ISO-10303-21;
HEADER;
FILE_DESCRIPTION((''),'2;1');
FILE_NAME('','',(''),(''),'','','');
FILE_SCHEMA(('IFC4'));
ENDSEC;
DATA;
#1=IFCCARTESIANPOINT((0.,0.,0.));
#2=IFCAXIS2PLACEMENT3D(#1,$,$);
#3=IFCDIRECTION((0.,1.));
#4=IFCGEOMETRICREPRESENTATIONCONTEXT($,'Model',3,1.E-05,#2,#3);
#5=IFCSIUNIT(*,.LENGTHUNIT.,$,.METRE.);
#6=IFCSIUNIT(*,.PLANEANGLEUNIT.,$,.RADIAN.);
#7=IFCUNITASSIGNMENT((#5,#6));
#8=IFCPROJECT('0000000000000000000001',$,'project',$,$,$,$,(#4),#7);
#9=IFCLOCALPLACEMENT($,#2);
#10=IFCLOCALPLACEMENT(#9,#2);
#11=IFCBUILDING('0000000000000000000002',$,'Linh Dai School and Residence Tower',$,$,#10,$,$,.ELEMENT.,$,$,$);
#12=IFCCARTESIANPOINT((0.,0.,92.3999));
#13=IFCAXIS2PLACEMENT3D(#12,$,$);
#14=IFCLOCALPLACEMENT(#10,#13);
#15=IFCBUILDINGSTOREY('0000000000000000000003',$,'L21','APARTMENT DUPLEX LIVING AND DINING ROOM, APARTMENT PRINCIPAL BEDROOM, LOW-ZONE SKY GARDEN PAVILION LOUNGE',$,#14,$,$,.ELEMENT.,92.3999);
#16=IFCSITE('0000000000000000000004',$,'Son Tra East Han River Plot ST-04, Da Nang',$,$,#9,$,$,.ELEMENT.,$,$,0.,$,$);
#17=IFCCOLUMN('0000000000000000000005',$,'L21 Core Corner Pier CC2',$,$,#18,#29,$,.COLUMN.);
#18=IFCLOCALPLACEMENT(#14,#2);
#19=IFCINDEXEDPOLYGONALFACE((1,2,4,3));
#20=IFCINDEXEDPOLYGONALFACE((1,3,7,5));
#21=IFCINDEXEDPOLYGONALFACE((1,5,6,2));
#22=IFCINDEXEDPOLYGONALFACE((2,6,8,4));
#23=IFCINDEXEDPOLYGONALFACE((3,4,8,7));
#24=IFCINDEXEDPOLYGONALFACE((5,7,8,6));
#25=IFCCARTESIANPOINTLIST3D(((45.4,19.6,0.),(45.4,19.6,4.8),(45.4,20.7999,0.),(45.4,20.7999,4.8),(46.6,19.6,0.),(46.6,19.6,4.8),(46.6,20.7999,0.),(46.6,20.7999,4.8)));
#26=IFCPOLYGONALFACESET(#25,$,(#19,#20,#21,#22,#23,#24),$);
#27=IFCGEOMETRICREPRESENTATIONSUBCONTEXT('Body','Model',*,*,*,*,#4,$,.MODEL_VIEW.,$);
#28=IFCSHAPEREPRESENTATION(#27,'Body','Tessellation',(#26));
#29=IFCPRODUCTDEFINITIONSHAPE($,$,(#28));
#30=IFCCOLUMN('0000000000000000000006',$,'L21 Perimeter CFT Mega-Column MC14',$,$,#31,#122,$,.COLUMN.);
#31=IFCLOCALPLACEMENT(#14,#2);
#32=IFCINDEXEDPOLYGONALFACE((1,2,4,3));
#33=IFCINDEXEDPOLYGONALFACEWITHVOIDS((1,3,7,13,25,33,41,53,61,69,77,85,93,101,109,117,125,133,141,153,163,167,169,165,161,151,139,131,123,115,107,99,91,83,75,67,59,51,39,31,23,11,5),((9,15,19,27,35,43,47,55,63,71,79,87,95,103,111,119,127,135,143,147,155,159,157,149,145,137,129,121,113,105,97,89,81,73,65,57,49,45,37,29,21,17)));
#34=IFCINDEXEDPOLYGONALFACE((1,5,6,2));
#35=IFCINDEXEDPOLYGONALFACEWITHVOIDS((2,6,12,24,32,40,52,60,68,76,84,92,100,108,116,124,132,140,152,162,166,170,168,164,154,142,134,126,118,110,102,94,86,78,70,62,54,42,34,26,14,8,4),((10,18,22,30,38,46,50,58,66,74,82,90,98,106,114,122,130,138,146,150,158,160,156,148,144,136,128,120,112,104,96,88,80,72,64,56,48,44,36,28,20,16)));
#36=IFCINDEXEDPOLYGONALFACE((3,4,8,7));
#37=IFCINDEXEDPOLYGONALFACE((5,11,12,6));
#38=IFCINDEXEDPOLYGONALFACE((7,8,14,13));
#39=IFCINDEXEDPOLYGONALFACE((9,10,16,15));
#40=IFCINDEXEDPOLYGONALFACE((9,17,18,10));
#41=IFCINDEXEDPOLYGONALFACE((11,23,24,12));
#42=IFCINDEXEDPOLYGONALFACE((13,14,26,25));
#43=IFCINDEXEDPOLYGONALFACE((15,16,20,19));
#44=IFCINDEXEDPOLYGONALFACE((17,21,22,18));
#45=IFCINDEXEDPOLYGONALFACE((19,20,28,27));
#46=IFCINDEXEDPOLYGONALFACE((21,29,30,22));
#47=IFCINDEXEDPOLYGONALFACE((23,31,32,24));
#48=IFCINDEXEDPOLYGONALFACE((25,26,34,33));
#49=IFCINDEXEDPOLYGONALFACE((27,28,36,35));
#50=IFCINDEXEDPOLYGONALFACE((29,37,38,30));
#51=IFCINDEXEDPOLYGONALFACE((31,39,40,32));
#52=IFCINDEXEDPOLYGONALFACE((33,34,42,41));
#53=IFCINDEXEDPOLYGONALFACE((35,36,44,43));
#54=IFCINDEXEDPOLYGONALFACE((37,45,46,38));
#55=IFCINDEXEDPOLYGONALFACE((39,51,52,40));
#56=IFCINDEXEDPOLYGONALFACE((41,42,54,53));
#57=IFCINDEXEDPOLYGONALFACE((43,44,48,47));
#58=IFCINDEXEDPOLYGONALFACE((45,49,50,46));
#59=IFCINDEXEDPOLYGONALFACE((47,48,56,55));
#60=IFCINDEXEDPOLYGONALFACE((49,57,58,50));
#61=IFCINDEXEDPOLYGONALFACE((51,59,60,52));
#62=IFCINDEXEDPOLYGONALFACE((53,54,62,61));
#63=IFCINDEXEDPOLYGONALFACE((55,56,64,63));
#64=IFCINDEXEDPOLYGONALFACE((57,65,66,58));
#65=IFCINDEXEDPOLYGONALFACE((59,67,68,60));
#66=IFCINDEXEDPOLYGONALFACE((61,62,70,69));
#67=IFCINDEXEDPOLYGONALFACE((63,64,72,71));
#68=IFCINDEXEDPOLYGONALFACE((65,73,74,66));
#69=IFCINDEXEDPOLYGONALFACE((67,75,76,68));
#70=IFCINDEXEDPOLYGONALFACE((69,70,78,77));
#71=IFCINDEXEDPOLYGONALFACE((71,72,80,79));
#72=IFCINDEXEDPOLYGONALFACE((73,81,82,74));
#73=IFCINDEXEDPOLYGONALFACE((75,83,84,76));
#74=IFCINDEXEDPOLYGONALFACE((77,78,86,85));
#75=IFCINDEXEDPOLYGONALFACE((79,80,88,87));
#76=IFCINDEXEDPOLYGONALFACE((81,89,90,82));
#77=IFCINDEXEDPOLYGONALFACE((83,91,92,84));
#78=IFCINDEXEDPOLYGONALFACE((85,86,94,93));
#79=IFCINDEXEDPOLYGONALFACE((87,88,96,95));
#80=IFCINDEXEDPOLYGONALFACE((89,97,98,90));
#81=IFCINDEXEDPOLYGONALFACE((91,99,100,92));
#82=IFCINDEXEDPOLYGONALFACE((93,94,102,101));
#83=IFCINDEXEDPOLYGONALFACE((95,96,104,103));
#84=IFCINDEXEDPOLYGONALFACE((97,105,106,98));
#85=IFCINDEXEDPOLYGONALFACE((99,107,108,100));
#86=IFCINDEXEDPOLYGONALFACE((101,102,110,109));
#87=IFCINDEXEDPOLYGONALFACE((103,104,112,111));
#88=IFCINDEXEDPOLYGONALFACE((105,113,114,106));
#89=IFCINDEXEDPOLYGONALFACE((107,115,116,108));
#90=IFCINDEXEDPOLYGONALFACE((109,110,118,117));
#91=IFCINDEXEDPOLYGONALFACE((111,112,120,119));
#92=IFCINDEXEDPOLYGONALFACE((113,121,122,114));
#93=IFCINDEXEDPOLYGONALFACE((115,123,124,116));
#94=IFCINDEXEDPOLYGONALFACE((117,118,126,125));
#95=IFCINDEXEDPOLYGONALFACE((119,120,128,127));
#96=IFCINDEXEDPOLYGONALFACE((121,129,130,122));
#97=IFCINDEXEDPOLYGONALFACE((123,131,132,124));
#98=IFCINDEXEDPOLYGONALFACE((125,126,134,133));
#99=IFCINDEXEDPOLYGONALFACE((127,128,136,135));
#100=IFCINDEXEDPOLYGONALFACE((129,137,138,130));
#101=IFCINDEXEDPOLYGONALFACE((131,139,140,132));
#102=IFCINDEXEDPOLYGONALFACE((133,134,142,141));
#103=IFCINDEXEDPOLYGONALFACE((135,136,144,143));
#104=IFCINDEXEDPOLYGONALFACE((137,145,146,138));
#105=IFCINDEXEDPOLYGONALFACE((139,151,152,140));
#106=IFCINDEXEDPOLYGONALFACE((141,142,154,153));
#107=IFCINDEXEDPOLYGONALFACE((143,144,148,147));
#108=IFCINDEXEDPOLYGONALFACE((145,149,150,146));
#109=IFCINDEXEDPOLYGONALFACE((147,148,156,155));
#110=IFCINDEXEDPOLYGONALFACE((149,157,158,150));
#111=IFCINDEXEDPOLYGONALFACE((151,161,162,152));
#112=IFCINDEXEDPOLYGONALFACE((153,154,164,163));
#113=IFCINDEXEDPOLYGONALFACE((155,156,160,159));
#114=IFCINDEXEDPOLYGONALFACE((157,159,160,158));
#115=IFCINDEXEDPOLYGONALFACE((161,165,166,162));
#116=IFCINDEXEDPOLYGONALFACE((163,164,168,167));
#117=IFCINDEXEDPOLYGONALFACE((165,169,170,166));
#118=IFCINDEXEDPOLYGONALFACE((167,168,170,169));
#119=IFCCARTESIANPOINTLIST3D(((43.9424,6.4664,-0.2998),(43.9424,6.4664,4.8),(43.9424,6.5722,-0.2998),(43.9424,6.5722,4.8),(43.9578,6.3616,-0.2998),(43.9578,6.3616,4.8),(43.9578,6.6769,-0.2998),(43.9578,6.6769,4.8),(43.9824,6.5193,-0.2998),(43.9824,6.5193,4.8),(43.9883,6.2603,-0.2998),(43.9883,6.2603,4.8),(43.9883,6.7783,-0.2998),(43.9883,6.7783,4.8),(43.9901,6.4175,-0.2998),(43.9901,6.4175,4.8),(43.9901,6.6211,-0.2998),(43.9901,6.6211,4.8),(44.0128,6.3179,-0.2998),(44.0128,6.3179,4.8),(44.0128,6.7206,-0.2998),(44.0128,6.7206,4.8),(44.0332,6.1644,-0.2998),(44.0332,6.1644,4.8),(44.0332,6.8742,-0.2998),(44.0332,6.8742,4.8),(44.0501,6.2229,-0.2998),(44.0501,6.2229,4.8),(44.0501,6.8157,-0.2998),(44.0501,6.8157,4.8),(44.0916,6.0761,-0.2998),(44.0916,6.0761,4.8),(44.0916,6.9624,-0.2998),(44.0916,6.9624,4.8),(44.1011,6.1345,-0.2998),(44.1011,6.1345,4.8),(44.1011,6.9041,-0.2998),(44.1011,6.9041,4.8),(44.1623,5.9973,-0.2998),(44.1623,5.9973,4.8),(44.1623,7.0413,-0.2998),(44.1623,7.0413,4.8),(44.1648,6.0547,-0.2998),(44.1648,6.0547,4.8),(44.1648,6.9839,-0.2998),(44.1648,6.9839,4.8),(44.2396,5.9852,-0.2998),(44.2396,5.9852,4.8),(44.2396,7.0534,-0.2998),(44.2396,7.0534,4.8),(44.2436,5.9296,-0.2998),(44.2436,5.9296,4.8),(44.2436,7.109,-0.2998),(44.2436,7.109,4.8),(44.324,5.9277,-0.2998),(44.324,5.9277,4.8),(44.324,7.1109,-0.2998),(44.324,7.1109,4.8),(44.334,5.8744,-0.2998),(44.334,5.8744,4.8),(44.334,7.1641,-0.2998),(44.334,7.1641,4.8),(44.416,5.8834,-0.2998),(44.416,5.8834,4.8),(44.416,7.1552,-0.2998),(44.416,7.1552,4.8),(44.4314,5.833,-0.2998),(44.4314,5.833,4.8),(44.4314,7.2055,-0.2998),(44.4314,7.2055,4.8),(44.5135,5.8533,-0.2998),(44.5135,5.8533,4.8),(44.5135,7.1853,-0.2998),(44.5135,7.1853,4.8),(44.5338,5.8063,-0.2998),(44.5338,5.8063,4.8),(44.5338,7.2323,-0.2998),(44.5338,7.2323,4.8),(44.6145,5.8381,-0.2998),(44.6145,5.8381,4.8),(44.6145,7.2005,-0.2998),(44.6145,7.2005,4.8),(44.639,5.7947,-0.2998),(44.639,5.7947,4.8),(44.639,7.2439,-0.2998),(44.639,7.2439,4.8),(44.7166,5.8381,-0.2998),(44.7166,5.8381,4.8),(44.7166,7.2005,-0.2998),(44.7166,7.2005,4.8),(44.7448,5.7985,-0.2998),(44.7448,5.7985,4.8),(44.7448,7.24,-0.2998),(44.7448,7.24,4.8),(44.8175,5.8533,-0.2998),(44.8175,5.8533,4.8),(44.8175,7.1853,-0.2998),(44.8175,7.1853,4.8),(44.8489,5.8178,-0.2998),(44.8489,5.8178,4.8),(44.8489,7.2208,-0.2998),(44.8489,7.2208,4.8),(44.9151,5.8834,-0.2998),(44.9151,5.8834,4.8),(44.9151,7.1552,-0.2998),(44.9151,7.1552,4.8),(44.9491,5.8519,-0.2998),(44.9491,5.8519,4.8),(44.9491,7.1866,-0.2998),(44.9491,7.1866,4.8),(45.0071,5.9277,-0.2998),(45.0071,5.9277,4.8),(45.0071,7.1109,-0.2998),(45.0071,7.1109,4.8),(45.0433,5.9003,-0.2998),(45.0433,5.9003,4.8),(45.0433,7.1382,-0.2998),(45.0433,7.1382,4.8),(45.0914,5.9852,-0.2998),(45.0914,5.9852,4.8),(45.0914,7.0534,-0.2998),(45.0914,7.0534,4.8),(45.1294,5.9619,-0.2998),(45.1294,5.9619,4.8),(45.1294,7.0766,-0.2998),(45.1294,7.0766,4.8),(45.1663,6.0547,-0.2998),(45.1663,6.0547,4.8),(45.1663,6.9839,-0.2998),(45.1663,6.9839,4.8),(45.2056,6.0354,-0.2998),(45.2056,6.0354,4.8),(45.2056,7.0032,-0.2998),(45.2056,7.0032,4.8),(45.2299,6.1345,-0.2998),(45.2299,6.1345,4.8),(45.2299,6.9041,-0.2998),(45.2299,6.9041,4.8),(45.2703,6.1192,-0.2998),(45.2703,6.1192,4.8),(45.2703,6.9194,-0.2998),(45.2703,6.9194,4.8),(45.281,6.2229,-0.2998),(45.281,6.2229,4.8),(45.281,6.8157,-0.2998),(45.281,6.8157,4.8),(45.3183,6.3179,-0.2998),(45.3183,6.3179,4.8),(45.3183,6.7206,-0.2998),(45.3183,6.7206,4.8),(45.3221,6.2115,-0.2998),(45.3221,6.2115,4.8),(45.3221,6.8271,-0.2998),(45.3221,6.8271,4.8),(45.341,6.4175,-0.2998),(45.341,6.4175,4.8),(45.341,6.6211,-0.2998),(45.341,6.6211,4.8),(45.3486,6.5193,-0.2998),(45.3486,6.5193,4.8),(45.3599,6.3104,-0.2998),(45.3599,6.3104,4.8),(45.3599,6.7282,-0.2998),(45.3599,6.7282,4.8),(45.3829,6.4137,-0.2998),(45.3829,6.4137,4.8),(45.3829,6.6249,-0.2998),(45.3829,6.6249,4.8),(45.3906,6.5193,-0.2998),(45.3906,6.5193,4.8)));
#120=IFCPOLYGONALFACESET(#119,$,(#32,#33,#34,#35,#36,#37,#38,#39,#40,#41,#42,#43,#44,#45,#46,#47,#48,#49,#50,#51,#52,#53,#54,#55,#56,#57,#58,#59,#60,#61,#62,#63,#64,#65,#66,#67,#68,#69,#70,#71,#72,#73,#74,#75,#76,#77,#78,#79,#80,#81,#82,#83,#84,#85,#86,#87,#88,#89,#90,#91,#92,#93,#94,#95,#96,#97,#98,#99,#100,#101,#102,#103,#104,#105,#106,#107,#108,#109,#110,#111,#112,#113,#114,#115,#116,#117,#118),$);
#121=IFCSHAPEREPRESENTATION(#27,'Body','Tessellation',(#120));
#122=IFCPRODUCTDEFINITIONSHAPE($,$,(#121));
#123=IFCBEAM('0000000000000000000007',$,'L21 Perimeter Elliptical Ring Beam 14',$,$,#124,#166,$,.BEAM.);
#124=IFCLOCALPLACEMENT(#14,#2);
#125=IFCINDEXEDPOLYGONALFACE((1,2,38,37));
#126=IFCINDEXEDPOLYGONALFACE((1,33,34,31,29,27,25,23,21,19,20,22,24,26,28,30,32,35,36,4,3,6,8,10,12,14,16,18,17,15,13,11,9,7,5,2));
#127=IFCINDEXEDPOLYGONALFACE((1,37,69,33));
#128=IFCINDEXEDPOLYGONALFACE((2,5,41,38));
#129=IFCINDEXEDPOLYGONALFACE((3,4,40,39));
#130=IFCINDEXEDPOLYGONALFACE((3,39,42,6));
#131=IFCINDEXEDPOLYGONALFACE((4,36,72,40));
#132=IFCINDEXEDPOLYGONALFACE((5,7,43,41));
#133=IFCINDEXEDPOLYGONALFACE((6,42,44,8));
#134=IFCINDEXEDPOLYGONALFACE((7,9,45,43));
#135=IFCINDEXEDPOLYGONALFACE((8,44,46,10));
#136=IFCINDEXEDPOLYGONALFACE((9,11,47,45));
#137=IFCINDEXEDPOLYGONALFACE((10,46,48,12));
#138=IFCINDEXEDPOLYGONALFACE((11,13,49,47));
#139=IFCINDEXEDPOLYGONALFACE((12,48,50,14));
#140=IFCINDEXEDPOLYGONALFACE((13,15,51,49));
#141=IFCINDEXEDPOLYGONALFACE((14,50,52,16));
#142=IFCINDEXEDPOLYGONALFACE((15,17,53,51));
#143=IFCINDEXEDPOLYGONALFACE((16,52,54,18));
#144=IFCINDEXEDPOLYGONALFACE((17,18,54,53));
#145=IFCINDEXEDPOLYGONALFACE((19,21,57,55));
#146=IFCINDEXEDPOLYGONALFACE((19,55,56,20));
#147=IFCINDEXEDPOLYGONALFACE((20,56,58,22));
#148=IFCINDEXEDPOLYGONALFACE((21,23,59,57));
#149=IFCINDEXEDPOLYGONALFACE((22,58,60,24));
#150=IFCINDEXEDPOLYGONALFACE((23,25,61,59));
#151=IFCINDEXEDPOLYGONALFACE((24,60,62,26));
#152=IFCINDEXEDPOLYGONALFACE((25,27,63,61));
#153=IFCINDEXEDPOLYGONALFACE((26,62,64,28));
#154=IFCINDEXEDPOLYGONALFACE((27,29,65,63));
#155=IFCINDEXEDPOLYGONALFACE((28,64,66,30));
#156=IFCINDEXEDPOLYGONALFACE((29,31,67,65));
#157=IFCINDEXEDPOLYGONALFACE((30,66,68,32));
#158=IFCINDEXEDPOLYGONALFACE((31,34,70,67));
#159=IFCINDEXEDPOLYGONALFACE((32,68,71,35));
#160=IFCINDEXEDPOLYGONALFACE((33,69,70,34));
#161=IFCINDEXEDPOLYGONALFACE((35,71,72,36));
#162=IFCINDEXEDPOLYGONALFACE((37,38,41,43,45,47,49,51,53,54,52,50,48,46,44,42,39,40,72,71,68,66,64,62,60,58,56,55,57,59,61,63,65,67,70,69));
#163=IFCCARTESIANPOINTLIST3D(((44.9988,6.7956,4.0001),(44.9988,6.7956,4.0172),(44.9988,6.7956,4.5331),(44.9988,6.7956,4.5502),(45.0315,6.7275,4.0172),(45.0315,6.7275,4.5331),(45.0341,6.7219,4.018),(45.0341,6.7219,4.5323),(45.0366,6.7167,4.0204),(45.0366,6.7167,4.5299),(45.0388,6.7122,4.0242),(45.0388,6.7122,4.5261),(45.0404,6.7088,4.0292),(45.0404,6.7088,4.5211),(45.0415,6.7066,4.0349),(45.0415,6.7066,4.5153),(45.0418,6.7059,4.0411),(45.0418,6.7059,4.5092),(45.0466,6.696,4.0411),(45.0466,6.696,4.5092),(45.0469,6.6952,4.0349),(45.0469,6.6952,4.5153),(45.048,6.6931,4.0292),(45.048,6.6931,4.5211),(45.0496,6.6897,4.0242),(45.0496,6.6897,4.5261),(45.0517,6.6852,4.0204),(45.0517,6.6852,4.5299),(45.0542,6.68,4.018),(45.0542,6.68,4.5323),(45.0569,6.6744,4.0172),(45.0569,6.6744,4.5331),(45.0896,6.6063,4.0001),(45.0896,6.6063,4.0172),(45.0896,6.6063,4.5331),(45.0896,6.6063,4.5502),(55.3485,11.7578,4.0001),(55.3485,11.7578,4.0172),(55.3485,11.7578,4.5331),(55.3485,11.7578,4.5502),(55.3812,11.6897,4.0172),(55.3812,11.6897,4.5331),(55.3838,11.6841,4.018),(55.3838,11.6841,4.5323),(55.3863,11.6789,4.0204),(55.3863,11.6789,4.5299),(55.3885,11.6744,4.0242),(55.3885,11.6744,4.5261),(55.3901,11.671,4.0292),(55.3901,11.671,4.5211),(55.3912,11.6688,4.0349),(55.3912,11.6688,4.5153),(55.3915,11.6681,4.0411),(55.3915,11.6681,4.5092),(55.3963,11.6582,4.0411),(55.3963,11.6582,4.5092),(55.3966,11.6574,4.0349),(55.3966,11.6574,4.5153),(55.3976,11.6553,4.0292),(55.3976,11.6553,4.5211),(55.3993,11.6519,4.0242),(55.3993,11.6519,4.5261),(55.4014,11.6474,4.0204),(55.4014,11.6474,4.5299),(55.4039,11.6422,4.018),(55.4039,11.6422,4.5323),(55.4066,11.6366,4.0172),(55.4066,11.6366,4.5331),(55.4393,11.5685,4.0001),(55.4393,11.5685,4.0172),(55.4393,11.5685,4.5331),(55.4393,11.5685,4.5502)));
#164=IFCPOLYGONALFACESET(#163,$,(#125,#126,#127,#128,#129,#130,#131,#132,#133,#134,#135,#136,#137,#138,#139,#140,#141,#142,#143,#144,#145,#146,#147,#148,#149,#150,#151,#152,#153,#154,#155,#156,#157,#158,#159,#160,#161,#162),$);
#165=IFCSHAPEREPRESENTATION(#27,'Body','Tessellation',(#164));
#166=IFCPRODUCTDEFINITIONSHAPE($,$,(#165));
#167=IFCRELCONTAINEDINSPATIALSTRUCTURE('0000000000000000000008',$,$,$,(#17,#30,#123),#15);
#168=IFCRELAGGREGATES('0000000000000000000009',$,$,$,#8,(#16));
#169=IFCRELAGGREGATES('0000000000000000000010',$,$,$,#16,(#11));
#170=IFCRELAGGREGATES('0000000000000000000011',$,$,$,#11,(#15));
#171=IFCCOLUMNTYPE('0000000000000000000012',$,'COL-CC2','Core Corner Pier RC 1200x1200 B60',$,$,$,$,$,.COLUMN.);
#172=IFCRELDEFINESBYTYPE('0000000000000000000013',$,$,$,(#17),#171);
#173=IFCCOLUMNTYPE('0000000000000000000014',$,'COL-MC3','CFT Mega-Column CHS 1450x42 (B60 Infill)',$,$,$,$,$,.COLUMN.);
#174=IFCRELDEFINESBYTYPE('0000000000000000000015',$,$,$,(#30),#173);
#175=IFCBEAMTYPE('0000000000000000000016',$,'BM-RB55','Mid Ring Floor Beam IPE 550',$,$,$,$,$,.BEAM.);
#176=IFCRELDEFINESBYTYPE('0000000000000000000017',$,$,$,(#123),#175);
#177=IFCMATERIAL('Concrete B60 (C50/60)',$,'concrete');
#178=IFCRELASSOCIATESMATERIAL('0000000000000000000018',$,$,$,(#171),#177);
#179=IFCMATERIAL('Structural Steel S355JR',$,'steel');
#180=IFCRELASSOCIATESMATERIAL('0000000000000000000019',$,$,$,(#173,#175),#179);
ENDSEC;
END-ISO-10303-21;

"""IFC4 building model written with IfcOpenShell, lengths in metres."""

from ifc_helpers import new_model, si_unit, direction, frame, origin, origin_2d, place, context, subcontext, project, spatial, rectangle, hollow_circle, i_section, extrude, material, material_profile, profile_set, type_object, element, save


model = new_model("IFC4")

# Units and contexts
model_context = context("Model", 3, precision=1e-05, world=origin(), true_north=direction((0.0, 1.0)))
body_context = subcontext(model_context, "Body", "Model", "MODEL_VIEW")
ifc_project = project(units=[si_unit("LENGTHUNIT", "METRE"), si_unit("PLANEANGLEUNIT", "RADIAN")], contexts=[model_context])

# Site, building, storey
site_placement = place(None, origin())
site = spatial("IfcSite", under=ifc_project, at=site_placement, Name="Son Tra East Han River Plot ST-04, Da Nang", CompositionType="ELEMENT", RefElevation=0.0)
building_placement = place(site_placement, origin())
building = spatial("IfcBuilding", under=site, at=building_placement, Name="Linh Dai School and Residence Tower", CompositionType="ELEMENT")
storey_placement = place(building_placement, frame((0.0, 0.0, 92.3999)))
storey = spatial("IfcBuildingStorey", under=building, at=storey_placement, Name="L21", Description="APARTMENT DUPLEX LIVING AND DINING ROOM, APARTMENT PRINCIPAL BEDROOM, LOW-ZONE SKY GARDEN PAVILION LOUNGE", CompositionType="ELEMENT", Elevation=92.3999)

# Columns
ifc_material_1 = material(Name="Concrete B60 (C50/60)", Category="concrete")
ifc_material_profile_1 = material_profile(ifc_material_1, rectangle(XDim=1.2, YDim=1.2, at=origin_2d()), Name="RC 1200x1200")
ifc_profile_set_1 = profile_set([ifc_material_profile_1], Name="Concrete B60 (C50/60)")
column_type_1 = type_object("IfcColumnType", Name="COL-CC2", Description="Core Corner Pier RC 1200x1200 B60", PredefinedType="COLUMN", material=ifc_profile_set_1)
column_1_placement = place(storey_placement, frame((46.0, 20.2, 0.0), z_axis=(0.0, 0.0, 1.0), x_axis=(1.0, 0.0, 0.0)))
element("IfcColumn", 1, at=column_1_placement, inside=storey, type_object=column_type_1, Name="L21 Core Corner Pier CC2", PredefinedType="COLUMN", context=body_context, shape_type="SweptSolid", body=[
    extrude(rectangle(XDim=1.2, YDim=1.2, at=origin_2d()), origin(), (0.0, 0.0, 1.0), 4.8),
])
ifc_material_2 = material(Name="Structural Steel S355JR", Category="steel")
ifc_material_profile_2 = material_profile(ifc_material_2, hollow_circle(Radius=0.7251, WallThickness=0.042, at=origin_2d()), Name="CHS 1450x42")
ifc_profile_set_2 = profile_set([ifc_material_profile_2], Name="Structural Steel S355JR")
column_type_2 = type_object("IfcColumnType", Name="COL-MC3", Description="CFT Mega-Column CHS 1450x42 (B60 Infill)", PredefinedType="COLUMN", material=ifc_profile_set_2)
column_2_placement = place(storey_placement, frame((44.6655, 6.5193, -0.2998), z_axis=(0.0, 0.0, 1.0), x_axis=(1.0, 0.0, 0.0)))
element("IfcColumn", 2, at=column_2_placement, inside=storey, type_object=column_type_2, Name="L21 Perimeter CFT Mega-Column MC14", PredefinedType="COLUMN", context=body_context, shape_type="SweptSolid", body=[
    extrude(hollow_circle(Radius=0.7251, WallThickness=0.042, at=origin_2d()), origin(), (0.0, 0.0, 1.0), 5.0999),
])

# Beam
ifc_material_profile_3 = material_profile(ifc_material_2, i_section(OverallWidth=0.21, OverallDepth=0.55, WebThickness=0.011, FlangeThickness=0.0171, FilletRadius=0.0239, at=origin_2d()), Name="IPE 550")
ifc_profile_set_3 = profile_set([ifc_material_profile_3], Name="Structural Steel S355JR")
beam_type_1 = type_object("IfcBeamType", Name="BM-RB55", Description="Mid Ring Floor Beam IPE 550", PredefinedType="BEAM", material=ifc_profile_set_3)
beam_1_placement = place(storey_placement, frame((45.0442, 6.7009, 4.2751), z_axis=(0.901715, 0.432331, 0.0), x_axis=(-0.432331, 0.901715, 0.0)))
element("IfcBeam", 3, at=beam_1_placement, inside=storey, type_object=beam_type_1, Name="L21 Perimeter Elliptical Ring Beam 14", PredefinedType="BEAM", context=body_context, shape_type="SweptSolid", body=[
    extrude(i_section(OverallWidth=0.21, OverallDepth=0.55, WebThickness=0.011, FlangeThickness=0.0171, FilletRadius=0.0239, at=origin_2d()), origin(), (0.0, 0.0, 1.0), 11.4778),
])

save(model, "model.ifc")
